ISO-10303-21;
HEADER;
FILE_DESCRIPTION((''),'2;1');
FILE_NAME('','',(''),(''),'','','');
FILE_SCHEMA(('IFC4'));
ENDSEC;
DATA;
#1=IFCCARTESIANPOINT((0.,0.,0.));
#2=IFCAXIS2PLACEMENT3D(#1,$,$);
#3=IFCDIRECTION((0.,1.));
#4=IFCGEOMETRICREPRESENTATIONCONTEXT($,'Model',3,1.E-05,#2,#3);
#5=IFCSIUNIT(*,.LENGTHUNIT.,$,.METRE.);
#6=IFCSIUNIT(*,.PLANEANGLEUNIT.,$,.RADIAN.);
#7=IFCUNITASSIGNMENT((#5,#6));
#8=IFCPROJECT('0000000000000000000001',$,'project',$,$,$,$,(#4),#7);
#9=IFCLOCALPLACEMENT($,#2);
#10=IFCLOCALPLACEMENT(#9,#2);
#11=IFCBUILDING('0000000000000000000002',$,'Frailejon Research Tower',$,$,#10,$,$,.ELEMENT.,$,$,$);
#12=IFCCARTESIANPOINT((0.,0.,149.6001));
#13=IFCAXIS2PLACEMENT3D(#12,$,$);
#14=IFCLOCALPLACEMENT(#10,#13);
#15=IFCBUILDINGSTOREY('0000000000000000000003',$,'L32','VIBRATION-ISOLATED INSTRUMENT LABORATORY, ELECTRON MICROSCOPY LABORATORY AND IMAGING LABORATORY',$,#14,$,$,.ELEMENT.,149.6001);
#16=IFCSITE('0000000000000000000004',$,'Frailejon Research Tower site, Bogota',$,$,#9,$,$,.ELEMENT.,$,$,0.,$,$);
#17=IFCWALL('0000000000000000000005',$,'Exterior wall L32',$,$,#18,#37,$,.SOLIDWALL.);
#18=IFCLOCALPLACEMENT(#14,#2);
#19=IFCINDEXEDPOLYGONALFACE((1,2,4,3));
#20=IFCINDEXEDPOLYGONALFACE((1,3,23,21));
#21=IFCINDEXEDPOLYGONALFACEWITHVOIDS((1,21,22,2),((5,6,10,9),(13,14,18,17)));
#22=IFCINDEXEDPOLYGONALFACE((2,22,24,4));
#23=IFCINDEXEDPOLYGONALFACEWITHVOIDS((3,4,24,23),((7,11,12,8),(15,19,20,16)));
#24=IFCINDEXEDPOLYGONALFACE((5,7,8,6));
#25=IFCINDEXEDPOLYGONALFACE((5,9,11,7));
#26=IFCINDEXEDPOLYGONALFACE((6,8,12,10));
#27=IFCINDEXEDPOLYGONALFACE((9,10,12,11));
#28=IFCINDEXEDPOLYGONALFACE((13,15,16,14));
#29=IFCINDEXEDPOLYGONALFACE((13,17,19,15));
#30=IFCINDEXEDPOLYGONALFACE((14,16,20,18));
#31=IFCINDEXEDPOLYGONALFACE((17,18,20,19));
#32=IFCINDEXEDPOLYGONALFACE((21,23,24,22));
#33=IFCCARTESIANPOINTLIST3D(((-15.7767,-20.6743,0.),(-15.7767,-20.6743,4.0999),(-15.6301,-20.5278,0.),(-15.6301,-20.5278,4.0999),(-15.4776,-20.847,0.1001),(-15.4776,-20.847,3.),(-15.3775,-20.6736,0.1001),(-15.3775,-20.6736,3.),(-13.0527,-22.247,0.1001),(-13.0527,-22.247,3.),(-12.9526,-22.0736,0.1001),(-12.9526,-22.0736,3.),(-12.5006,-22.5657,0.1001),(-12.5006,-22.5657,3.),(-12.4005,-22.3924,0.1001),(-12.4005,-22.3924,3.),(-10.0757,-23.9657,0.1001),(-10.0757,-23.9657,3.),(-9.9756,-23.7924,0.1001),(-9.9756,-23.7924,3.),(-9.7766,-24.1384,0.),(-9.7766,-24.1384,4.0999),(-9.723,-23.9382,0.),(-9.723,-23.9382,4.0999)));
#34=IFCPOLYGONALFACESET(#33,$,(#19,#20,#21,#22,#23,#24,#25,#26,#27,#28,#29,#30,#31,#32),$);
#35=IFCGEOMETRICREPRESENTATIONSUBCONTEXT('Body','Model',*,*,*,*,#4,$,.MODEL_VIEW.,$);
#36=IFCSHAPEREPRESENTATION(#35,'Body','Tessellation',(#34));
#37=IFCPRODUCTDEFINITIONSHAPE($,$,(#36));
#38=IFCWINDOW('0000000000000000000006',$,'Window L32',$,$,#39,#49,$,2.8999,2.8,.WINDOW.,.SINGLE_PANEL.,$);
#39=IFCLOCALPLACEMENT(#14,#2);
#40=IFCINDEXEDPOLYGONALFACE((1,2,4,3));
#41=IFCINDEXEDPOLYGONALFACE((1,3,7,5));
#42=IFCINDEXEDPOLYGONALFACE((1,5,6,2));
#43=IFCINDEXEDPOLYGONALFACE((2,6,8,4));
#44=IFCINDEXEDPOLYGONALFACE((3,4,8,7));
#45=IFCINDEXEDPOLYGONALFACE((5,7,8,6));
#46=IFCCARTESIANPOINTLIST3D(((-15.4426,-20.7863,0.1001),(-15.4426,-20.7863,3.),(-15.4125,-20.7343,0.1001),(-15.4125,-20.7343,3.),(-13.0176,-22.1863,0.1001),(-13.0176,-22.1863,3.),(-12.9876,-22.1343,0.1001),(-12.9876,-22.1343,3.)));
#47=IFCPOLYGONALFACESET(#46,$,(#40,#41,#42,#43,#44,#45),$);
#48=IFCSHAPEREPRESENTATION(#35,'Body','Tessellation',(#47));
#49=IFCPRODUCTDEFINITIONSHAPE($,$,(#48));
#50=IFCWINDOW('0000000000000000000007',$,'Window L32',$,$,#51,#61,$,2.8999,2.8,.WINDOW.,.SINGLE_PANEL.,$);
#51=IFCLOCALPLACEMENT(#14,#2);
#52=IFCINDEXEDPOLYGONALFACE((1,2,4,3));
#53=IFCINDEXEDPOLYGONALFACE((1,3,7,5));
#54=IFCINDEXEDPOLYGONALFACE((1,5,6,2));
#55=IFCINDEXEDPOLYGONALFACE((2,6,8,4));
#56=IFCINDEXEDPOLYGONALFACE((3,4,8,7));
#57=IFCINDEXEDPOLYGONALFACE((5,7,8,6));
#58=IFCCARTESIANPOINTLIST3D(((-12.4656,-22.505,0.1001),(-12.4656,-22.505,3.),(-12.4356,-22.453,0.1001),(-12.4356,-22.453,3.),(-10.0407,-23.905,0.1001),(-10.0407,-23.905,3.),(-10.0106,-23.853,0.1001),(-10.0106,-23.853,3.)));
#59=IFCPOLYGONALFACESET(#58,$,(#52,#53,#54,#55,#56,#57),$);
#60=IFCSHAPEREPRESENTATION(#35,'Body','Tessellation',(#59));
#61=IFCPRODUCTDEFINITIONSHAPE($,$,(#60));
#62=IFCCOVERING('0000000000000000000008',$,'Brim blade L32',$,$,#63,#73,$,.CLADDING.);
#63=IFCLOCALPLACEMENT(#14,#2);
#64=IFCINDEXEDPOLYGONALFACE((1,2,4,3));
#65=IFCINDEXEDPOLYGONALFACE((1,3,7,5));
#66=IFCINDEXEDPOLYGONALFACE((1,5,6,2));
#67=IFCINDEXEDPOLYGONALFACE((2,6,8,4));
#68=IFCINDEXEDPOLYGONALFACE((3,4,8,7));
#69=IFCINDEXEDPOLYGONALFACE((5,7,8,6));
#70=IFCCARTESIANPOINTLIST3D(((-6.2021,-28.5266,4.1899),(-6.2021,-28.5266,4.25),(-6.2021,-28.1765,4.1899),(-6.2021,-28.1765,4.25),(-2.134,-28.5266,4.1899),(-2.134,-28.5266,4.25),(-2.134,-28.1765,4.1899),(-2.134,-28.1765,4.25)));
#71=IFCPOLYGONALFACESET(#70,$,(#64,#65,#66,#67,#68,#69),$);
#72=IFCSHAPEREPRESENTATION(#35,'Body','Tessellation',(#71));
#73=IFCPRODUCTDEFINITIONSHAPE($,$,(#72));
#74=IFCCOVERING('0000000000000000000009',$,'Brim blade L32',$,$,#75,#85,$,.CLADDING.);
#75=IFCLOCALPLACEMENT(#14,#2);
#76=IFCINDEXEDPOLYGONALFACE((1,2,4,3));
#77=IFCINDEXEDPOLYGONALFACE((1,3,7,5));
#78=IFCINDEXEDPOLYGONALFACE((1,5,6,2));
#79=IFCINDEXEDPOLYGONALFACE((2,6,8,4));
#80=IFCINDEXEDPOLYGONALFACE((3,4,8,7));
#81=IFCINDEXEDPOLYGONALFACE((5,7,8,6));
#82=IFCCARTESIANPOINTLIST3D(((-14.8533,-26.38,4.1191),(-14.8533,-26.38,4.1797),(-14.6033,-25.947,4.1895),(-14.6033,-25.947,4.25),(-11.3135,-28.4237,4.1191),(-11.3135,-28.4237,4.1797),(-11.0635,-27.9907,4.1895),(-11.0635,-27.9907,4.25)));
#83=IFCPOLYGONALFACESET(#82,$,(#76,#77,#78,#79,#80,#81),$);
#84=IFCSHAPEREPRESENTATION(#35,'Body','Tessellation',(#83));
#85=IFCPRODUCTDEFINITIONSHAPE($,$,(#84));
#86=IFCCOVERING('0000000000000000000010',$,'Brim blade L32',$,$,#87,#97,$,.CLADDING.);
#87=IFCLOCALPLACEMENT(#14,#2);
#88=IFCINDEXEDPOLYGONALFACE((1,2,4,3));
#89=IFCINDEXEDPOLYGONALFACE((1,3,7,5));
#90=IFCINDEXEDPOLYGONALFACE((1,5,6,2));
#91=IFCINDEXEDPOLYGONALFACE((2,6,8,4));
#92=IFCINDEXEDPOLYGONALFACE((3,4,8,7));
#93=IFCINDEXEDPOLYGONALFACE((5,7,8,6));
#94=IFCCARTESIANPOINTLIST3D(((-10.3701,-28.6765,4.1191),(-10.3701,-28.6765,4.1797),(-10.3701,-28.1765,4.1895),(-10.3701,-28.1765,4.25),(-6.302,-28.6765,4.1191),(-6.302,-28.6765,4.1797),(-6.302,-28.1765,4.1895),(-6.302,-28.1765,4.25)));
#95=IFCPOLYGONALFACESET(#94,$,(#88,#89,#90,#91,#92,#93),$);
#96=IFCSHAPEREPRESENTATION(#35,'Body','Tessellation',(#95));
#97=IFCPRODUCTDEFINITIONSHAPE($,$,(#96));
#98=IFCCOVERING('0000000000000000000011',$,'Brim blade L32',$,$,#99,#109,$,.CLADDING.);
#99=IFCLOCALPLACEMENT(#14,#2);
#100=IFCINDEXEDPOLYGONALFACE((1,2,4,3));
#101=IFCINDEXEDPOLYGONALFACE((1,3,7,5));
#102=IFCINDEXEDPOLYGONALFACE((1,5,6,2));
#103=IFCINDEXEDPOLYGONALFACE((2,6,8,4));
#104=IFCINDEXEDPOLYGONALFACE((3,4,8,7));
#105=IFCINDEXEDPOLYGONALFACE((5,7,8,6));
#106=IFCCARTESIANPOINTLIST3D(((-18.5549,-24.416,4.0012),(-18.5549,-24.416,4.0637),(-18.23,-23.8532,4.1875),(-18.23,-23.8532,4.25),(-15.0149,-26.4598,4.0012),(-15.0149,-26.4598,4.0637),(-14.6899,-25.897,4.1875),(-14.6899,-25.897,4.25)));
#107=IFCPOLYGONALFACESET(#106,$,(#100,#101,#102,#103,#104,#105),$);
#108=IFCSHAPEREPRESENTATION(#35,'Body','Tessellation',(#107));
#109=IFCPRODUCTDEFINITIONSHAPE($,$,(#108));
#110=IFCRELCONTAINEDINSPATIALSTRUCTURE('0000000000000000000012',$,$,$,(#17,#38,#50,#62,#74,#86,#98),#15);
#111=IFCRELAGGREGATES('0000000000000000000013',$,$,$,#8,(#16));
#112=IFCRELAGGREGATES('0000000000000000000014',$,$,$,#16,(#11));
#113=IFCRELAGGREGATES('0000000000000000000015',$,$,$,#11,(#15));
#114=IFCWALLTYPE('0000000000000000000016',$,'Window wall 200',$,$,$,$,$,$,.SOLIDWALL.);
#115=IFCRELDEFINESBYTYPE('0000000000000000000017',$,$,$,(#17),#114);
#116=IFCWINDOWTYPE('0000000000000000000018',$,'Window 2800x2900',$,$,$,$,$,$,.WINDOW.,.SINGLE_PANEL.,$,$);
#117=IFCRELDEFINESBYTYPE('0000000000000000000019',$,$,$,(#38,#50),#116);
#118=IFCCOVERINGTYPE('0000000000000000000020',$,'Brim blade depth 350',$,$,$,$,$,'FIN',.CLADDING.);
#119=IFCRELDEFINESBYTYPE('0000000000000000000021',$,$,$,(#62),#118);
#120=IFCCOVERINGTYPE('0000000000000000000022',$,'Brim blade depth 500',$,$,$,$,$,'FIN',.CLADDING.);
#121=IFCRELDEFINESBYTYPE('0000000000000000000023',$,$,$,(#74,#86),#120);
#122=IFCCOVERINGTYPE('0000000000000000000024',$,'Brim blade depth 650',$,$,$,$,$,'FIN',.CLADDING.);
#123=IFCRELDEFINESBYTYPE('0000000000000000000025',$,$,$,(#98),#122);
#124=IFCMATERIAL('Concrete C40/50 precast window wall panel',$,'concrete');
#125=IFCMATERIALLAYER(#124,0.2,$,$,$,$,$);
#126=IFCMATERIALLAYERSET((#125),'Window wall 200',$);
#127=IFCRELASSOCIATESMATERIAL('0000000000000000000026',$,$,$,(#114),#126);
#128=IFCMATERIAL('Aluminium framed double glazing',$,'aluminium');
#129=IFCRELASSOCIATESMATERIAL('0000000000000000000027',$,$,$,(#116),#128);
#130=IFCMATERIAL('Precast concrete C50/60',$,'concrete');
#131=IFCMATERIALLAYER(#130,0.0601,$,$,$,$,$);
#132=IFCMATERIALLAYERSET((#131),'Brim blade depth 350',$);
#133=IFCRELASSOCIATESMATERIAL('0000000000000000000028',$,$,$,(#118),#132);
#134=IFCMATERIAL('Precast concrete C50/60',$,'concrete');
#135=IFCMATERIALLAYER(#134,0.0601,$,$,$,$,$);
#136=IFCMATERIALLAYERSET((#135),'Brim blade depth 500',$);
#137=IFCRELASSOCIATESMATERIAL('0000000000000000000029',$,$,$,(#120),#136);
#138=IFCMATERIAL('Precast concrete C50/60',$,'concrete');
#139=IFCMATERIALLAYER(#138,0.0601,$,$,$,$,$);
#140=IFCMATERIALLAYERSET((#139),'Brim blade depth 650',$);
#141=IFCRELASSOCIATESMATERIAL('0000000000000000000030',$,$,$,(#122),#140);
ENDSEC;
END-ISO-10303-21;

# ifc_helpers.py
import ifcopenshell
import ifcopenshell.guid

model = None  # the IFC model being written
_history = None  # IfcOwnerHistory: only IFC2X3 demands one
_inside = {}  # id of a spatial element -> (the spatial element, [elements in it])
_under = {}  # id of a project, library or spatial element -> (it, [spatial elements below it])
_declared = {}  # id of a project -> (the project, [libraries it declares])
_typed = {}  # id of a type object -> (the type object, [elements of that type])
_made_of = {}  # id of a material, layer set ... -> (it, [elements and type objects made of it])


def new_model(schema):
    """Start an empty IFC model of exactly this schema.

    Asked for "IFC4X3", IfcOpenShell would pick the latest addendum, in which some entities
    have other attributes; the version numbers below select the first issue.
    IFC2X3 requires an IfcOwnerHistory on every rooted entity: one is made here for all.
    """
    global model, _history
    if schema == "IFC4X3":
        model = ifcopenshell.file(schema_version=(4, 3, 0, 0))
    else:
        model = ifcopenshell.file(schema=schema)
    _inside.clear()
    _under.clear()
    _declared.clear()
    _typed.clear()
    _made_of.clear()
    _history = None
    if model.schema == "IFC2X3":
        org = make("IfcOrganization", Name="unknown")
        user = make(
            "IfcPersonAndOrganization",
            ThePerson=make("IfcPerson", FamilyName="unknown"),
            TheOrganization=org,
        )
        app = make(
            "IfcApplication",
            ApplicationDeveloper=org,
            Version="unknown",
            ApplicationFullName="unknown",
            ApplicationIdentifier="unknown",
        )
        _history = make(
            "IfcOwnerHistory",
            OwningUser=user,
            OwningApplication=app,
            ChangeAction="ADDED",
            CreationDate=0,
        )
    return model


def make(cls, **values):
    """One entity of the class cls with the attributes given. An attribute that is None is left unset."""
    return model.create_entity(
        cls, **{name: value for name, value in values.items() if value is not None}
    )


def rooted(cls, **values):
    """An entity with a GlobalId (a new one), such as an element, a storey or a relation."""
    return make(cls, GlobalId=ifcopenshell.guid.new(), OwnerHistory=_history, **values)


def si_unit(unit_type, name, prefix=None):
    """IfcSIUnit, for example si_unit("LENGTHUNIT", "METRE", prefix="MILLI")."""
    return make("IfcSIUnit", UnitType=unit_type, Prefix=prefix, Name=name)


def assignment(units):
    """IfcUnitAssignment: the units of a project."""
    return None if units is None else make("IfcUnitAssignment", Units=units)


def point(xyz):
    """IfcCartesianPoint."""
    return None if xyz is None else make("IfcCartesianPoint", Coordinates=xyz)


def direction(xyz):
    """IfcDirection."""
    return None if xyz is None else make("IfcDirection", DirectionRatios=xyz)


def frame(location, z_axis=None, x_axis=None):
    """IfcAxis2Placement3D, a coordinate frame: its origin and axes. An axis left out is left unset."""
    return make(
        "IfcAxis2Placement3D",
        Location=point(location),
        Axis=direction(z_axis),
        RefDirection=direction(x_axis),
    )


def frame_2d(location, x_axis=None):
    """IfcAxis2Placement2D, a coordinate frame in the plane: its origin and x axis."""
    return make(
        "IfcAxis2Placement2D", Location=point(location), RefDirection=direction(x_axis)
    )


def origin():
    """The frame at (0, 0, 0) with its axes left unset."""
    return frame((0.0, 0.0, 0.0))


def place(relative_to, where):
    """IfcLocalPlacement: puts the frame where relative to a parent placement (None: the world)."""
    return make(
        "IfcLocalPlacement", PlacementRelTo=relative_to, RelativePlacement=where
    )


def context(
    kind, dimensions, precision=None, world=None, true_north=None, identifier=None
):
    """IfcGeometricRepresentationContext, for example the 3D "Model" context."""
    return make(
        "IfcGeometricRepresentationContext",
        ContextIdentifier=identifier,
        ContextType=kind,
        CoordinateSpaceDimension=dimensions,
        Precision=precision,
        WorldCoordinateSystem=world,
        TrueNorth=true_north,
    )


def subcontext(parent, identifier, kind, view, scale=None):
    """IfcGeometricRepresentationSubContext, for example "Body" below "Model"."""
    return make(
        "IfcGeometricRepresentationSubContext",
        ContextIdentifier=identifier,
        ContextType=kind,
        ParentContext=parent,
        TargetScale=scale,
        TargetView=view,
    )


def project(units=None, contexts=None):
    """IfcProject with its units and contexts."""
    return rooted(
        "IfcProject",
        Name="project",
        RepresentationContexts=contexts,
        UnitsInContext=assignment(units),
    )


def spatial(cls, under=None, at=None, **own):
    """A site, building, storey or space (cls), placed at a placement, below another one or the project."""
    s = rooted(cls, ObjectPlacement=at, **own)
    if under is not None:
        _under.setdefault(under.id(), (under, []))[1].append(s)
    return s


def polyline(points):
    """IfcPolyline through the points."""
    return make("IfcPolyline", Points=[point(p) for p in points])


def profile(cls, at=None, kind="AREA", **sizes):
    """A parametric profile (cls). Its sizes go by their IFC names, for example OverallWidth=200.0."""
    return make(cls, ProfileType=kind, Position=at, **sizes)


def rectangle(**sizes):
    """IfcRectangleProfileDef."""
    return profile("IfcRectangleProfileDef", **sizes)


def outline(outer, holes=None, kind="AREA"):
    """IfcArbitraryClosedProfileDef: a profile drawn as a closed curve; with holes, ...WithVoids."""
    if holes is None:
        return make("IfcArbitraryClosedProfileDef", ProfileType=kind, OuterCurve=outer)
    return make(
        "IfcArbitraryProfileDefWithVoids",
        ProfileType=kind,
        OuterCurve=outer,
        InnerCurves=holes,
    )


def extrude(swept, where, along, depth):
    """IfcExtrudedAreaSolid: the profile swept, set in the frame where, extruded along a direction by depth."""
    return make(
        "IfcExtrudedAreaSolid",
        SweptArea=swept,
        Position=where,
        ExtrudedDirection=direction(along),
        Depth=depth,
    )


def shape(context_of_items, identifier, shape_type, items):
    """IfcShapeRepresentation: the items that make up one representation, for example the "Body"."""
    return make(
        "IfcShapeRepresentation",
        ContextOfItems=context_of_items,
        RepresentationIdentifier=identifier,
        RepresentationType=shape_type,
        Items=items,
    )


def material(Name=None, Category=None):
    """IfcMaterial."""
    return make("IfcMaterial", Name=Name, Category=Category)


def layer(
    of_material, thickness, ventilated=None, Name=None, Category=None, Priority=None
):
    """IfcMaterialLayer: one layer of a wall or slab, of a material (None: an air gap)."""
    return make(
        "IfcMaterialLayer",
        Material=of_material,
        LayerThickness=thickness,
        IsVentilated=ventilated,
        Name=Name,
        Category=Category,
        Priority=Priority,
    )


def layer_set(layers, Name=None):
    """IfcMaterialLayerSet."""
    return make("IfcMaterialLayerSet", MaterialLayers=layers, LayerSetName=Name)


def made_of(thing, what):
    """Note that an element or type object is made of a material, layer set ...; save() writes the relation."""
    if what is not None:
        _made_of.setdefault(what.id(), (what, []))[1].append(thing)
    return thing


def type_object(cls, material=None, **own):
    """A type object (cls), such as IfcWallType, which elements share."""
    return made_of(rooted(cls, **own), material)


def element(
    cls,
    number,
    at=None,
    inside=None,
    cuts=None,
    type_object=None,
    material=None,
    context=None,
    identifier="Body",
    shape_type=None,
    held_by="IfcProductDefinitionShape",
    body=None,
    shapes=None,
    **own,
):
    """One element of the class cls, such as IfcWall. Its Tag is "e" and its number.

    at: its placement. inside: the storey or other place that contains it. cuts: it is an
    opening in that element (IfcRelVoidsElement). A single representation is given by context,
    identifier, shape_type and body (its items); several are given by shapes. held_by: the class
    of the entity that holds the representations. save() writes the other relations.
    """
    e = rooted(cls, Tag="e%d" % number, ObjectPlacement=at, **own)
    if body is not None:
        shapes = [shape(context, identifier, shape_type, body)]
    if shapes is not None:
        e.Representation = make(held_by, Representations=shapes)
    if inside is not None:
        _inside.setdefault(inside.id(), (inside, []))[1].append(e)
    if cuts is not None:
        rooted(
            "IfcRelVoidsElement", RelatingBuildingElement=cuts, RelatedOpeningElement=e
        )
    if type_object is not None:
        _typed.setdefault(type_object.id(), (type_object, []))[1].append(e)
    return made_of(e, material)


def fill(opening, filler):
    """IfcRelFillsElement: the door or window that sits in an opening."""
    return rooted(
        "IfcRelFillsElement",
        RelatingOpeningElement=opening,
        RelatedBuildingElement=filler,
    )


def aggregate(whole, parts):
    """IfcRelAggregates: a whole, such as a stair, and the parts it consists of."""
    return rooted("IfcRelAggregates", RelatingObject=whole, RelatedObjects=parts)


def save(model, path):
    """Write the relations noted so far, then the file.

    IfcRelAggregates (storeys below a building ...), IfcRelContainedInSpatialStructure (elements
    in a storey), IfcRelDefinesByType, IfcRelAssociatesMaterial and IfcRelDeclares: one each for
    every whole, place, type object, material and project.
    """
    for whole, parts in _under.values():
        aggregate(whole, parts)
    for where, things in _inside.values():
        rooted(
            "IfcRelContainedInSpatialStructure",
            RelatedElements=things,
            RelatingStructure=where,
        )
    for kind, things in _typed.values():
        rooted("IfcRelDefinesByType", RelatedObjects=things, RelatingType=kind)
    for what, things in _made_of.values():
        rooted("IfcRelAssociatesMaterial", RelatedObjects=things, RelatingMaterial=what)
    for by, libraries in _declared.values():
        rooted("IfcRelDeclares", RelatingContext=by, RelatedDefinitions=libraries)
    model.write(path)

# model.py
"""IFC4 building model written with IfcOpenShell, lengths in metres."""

from ifc_helpers import new_model, si_unit, direction, frame, frame_2d, origin, place, context, subcontext, project, spatial, polyline, rectangle, outline, extrude, material, layer, layer_set, type_object, element, fill, save


model = new_model("IFC4")

# Units and contexts
model_context = context("Model", 3, precision=1e-05, world=origin(), true_north=direction((0.0, 1.0)))
body_context = subcontext(model_context, "Body", "Model", "MODEL_VIEW")
ifc_project = project(units=[si_unit("LENGTHUNIT", "METRE"), si_unit("PLANEANGLEUNIT", "RADIAN")], contexts=[model_context])

# Site, building, storey
site_placement = place(None, origin())
site = spatial("IfcSite", under=ifc_project, at=site_placement, Name="Frailejon Research Tower site, Bogota", CompositionType="ELEMENT", RefElevation=0.0)
building_placement = place(site_placement, origin())
building = spatial("IfcBuilding", under=site, at=building_placement, Name="Frailejon Research Tower", CompositionType="ELEMENT")
storey_placement = place(building_placement, frame((0.0, 0.0, 149.6001)))
storey = spatial("IfcBuildingStorey", under=building, at=storey_placement, Name="L32", Description="VIBRATION-ISOLATED INSTRUMENT LABORATORY, ELECTRON MICROSCOPY LABORATORY AND IMAGING LABORATORY", CompositionType="ELEMENT", Elevation=149.6001)

# Wall, openings, windows
ifc_material_1 = material(Name="Concrete C40/50 precast window wall panel", Category="concrete")
ifc_layer_1 = layer(ifc_material_1, 0.2)
ifc_layer_set_1 = layer_set([ifc_layer_1], Name="Window wall 200")
wall_type = type_object("IfcWallType", Name="Window wall 200", PredefinedType="SOLIDWALL", material=ifc_layer_set_1)
wall_1_placement = place(storey_placement, frame((-15.7034, -20.6011, 0.0), z_axis=(0.0, 0.0, 1.0), x_axis=(0.866029, -0.499993, 0.0)))
wall_1 = element("IfcWall", 1, at=wall_1_placement, inside=storey, type_object=wall_type, Name="Exterior wall L32", PredefinedType="SOLIDWALL", context=body_context, shape_type="SweptSolid", body=[
    extrude(outline(polyline([(-0.0269, -0.1001), (1.1279, -0.1001), (2.2825, -0.1001), (3.4373, -0.1001), (4.592, -0.1001), (5.7466, -0.1001), (6.9014, -0.1001), (6.8477, 0.1001), (5.7109, 0.1001), (4.574, 0.1001), (3.4373, 0.1001), (2.3005, 0.1001), (1.1636, 0.1001), (0.0269, 0.1001), (-0.0269, -0.1001)])), origin(), (0.0, 0.0, 1.0), 4.0999),
])
opening_1_placement = place(wall_1_placement, frame((0.3186, 0.0, 0.1001)))
opening_1 = element("IfcOpeningElement", 2, at=opening_1_placement, cuts=wall_1, PredefinedType="OPENING", context=body_context, shape_type="SweptSolid", body=[
    extrude(rectangle(XDim=2.8, YDim=2.8999, at=frame_2d((1.3999, 1.45))), frame((0.0, 0.1099, 0.0), z_axis=(0.0, -1.0, 0.0), x_axis=(1.0, 0.0, 0.0)), (0.0, 0.0, 1.0), 0.22),
])
opening_2_placement = place(wall_1_placement, frame((3.7561, 0.0, 0.1001)))
opening_2 = element("IfcOpeningElement", 3, at=opening_2_placement, cuts=wall_1, PredefinedType="OPENING", context=body_context, shape_type="SweptSolid", body=[
    extrude(rectangle(XDim=2.8, YDim=2.8999, at=frame_2d((1.3999, 1.45))), frame((0.0, 0.1099, 0.0), z_axis=(0.0, -1.0, 0.0), x_axis=(1.0, 0.0, 0.0)), (0.0, 0.0, 1.0), 0.22),
])
ifc_material_2 = material(Name="Aluminium framed double glazing", Category="aluminium")
window_type_1 = type_object("IfcWindowType", Name="Window 2800x2900", PartitioningType="SINGLE_PANEL", PredefinedType="WINDOW", material=ifc_material_2)
window_1_placement = place(opening_1_placement, origin())
window_1 = element("IfcWindow", 4, at=window_1_placement, inside=storey, type_object=window_type_1, Name="Window L32", OverallHeight=2.8999, OverallWidth=2.8, PartitioningType="SINGLE_PANEL", PredefinedType="WINDOW", context=body_context, shape_type="SweptSolid", body=[
    extrude(rectangle(XDim=2.8, YDim=2.8999, at=frame_2d((1.3999, 1.45))), frame((0.0, 0.03, 0.0), z_axis=(0.0, -1.0, 0.0), x_axis=(1.0, 0.0, 0.0)), (0.0, 0.0, 1.0), 0.0601),
])
fill(opening_1, window_1)
window_2_placement = place(opening_2_placement, origin())
window_2 = element("IfcWindow", 5, at=window_2_placement, inside=storey, type_object=window_type_1, Name="Window L32", OverallHeight=2.8999, OverallWidth=2.8, PartitioningType="SINGLE_PANEL", PredefinedType="WINDOW", context=body_context, shape_type="SweptSolid", body=[
    extrude(rectangle(XDim=2.8, YDim=2.8999, at=frame_2d((1.3999, 1.45))), frame((0.0, 0.03, 0.0), z_axis=(0.0, -1.0, 0.0), x_axis=(1.0, 0.0, 0.0)), (0.0, 0.0, 1.0), 0.0601),
])
fill(opening_2, window_2)

# Coverings
ifc_material_3 = material(Name="Precast concrete C50/60", Category="concrete")
ifc_layer_2 = layer(ifc_material_3, 0.0601)
ifc_layer_set_2 = layer_set([ifc_layer_2], Name="Brim blade depth 350")
covering_type_1 = type_object("IfcCoveringType", Name="Brim blade depth 350", ElementType="FIN", PredefinedType="CLADDING", material=ifc_layer_set_2)
covering_1_placement = place(storey_placement, frame((-2.134, -28.1765, 4.25), z_axis=(-1.0, 0.0, 0.0), x_axis=(0.0, -1.0, 0.0)))
element("IfcCovering", 6, at=covering_1_placement, inside=storey, type_object=covering_type_1, Name="Brim blade L32", PredefinedType="CLADDING", context=body_context, shape_type="SweptSolid", body=[
    extrude(outline(polyline([(0.0, -0.0601), (0.3501, -0.0601), (0.3501, 0.0), (0.0, 0.0), (0.0, -0.0601)])), origin(), (0.0, 0.0, 1.0), 4.0681),
])
ifc_material_4 = material(Name="Precast concrete C50/60", Category="concrete")
ifc_layer_3 = layer(ifc_material_4, 0.0601)
ifc_layer_set_3 = layer_set([ifc_layer_3], Name="Brim blade depth 500")
covering_type_2 = type_object("IfcCoveringType", Name="Brim blade depth 500", ElementType="FIN", PredefinedType="CLADDING", material=ifc_layer_set_3)
covering_2_placement = place(storey_placement, frame((-11.0635, -27.9907, 4.25), z_axis=(-0.866021, 0.500007, 0.0), x_axis=(-0.500007, -0.866021, 0.0)))
element("IfcCovering", 7, at=covering_2_placement, inside=storey, type_object=covering_type_2, Name="Brim blade L32", PredefinedType="CLADDING", context=body_context, shape_type="SweptSolid", body=[
    extrude(outline(polyline([(0.0, -0.0605), (0.5, -0.1309), (0.5, -0.0703), (0.0, 0.0), (0.0, -0.0605)])), origin(), (0.0, 0.0, 1.0), 4.0874),
])
covering_3_placement = place(storey_placement, frame((-6.302, -28.1765, 4.25), z_axis=(-1.0, 0.0, 0.0), x_axis=(0.0, -1.0, 0.0)))
element("IfcCovering", 8, at=covering_3_placement, inside=storey, type_object=covering_type_2, Name="Brim blade L32", PredefinedType="CLADDING", context=body_context, shape_type="SweptSolid", body=[
    extrude(outline(polyline([(0.0, -0.0605), (0.5, -0.1309), (0.5, -0.0703), (0.0, 0.0), (0.0, -0.0605)])), origin(), (0.0, 0.0, 1.0), 4.0681),
])
ifc_material_5 = material(Name="Precast concrete C50/60", Category="concrete")
ifc_layer_4 = layer(ifc_material_5, 0.0601)
ifc_layer_set_4 = layer_set([ifc_layer_4], Name="Brim blade depth 650")
covering_type_3 = type_object("IfcCoveringType", Name="Brim blade depth 650", ElementType="FIN", PredefinedType="CLADDING", material=ifc_layer_set_4)
covering_4_placement = place(storey_placement, frame((-14.6899, -25.897, 4.25), z_axis=(-0.866027, 0.499997, 0.0), x_axis=(-0.499997, -0.866027, 0.0)))
element("IfcCovering", 9, at=covering_4_placement, inside=storey, type_object=covering_type_3, Name="Brim blade L32", PredefinedType="CLADDING", context=body_context, shape_type="SweptSolid", body=[
    extrude(outline(polyline([(0.0, -0.0625), (0.6499, -0.2488), (0.6499, -0.1863), (0.0, 0.0), (0.0, -0.0625)])), origin(), (0.0, 0.0, 1.0), 4.0876),
])

save(model, "model.ifc")
